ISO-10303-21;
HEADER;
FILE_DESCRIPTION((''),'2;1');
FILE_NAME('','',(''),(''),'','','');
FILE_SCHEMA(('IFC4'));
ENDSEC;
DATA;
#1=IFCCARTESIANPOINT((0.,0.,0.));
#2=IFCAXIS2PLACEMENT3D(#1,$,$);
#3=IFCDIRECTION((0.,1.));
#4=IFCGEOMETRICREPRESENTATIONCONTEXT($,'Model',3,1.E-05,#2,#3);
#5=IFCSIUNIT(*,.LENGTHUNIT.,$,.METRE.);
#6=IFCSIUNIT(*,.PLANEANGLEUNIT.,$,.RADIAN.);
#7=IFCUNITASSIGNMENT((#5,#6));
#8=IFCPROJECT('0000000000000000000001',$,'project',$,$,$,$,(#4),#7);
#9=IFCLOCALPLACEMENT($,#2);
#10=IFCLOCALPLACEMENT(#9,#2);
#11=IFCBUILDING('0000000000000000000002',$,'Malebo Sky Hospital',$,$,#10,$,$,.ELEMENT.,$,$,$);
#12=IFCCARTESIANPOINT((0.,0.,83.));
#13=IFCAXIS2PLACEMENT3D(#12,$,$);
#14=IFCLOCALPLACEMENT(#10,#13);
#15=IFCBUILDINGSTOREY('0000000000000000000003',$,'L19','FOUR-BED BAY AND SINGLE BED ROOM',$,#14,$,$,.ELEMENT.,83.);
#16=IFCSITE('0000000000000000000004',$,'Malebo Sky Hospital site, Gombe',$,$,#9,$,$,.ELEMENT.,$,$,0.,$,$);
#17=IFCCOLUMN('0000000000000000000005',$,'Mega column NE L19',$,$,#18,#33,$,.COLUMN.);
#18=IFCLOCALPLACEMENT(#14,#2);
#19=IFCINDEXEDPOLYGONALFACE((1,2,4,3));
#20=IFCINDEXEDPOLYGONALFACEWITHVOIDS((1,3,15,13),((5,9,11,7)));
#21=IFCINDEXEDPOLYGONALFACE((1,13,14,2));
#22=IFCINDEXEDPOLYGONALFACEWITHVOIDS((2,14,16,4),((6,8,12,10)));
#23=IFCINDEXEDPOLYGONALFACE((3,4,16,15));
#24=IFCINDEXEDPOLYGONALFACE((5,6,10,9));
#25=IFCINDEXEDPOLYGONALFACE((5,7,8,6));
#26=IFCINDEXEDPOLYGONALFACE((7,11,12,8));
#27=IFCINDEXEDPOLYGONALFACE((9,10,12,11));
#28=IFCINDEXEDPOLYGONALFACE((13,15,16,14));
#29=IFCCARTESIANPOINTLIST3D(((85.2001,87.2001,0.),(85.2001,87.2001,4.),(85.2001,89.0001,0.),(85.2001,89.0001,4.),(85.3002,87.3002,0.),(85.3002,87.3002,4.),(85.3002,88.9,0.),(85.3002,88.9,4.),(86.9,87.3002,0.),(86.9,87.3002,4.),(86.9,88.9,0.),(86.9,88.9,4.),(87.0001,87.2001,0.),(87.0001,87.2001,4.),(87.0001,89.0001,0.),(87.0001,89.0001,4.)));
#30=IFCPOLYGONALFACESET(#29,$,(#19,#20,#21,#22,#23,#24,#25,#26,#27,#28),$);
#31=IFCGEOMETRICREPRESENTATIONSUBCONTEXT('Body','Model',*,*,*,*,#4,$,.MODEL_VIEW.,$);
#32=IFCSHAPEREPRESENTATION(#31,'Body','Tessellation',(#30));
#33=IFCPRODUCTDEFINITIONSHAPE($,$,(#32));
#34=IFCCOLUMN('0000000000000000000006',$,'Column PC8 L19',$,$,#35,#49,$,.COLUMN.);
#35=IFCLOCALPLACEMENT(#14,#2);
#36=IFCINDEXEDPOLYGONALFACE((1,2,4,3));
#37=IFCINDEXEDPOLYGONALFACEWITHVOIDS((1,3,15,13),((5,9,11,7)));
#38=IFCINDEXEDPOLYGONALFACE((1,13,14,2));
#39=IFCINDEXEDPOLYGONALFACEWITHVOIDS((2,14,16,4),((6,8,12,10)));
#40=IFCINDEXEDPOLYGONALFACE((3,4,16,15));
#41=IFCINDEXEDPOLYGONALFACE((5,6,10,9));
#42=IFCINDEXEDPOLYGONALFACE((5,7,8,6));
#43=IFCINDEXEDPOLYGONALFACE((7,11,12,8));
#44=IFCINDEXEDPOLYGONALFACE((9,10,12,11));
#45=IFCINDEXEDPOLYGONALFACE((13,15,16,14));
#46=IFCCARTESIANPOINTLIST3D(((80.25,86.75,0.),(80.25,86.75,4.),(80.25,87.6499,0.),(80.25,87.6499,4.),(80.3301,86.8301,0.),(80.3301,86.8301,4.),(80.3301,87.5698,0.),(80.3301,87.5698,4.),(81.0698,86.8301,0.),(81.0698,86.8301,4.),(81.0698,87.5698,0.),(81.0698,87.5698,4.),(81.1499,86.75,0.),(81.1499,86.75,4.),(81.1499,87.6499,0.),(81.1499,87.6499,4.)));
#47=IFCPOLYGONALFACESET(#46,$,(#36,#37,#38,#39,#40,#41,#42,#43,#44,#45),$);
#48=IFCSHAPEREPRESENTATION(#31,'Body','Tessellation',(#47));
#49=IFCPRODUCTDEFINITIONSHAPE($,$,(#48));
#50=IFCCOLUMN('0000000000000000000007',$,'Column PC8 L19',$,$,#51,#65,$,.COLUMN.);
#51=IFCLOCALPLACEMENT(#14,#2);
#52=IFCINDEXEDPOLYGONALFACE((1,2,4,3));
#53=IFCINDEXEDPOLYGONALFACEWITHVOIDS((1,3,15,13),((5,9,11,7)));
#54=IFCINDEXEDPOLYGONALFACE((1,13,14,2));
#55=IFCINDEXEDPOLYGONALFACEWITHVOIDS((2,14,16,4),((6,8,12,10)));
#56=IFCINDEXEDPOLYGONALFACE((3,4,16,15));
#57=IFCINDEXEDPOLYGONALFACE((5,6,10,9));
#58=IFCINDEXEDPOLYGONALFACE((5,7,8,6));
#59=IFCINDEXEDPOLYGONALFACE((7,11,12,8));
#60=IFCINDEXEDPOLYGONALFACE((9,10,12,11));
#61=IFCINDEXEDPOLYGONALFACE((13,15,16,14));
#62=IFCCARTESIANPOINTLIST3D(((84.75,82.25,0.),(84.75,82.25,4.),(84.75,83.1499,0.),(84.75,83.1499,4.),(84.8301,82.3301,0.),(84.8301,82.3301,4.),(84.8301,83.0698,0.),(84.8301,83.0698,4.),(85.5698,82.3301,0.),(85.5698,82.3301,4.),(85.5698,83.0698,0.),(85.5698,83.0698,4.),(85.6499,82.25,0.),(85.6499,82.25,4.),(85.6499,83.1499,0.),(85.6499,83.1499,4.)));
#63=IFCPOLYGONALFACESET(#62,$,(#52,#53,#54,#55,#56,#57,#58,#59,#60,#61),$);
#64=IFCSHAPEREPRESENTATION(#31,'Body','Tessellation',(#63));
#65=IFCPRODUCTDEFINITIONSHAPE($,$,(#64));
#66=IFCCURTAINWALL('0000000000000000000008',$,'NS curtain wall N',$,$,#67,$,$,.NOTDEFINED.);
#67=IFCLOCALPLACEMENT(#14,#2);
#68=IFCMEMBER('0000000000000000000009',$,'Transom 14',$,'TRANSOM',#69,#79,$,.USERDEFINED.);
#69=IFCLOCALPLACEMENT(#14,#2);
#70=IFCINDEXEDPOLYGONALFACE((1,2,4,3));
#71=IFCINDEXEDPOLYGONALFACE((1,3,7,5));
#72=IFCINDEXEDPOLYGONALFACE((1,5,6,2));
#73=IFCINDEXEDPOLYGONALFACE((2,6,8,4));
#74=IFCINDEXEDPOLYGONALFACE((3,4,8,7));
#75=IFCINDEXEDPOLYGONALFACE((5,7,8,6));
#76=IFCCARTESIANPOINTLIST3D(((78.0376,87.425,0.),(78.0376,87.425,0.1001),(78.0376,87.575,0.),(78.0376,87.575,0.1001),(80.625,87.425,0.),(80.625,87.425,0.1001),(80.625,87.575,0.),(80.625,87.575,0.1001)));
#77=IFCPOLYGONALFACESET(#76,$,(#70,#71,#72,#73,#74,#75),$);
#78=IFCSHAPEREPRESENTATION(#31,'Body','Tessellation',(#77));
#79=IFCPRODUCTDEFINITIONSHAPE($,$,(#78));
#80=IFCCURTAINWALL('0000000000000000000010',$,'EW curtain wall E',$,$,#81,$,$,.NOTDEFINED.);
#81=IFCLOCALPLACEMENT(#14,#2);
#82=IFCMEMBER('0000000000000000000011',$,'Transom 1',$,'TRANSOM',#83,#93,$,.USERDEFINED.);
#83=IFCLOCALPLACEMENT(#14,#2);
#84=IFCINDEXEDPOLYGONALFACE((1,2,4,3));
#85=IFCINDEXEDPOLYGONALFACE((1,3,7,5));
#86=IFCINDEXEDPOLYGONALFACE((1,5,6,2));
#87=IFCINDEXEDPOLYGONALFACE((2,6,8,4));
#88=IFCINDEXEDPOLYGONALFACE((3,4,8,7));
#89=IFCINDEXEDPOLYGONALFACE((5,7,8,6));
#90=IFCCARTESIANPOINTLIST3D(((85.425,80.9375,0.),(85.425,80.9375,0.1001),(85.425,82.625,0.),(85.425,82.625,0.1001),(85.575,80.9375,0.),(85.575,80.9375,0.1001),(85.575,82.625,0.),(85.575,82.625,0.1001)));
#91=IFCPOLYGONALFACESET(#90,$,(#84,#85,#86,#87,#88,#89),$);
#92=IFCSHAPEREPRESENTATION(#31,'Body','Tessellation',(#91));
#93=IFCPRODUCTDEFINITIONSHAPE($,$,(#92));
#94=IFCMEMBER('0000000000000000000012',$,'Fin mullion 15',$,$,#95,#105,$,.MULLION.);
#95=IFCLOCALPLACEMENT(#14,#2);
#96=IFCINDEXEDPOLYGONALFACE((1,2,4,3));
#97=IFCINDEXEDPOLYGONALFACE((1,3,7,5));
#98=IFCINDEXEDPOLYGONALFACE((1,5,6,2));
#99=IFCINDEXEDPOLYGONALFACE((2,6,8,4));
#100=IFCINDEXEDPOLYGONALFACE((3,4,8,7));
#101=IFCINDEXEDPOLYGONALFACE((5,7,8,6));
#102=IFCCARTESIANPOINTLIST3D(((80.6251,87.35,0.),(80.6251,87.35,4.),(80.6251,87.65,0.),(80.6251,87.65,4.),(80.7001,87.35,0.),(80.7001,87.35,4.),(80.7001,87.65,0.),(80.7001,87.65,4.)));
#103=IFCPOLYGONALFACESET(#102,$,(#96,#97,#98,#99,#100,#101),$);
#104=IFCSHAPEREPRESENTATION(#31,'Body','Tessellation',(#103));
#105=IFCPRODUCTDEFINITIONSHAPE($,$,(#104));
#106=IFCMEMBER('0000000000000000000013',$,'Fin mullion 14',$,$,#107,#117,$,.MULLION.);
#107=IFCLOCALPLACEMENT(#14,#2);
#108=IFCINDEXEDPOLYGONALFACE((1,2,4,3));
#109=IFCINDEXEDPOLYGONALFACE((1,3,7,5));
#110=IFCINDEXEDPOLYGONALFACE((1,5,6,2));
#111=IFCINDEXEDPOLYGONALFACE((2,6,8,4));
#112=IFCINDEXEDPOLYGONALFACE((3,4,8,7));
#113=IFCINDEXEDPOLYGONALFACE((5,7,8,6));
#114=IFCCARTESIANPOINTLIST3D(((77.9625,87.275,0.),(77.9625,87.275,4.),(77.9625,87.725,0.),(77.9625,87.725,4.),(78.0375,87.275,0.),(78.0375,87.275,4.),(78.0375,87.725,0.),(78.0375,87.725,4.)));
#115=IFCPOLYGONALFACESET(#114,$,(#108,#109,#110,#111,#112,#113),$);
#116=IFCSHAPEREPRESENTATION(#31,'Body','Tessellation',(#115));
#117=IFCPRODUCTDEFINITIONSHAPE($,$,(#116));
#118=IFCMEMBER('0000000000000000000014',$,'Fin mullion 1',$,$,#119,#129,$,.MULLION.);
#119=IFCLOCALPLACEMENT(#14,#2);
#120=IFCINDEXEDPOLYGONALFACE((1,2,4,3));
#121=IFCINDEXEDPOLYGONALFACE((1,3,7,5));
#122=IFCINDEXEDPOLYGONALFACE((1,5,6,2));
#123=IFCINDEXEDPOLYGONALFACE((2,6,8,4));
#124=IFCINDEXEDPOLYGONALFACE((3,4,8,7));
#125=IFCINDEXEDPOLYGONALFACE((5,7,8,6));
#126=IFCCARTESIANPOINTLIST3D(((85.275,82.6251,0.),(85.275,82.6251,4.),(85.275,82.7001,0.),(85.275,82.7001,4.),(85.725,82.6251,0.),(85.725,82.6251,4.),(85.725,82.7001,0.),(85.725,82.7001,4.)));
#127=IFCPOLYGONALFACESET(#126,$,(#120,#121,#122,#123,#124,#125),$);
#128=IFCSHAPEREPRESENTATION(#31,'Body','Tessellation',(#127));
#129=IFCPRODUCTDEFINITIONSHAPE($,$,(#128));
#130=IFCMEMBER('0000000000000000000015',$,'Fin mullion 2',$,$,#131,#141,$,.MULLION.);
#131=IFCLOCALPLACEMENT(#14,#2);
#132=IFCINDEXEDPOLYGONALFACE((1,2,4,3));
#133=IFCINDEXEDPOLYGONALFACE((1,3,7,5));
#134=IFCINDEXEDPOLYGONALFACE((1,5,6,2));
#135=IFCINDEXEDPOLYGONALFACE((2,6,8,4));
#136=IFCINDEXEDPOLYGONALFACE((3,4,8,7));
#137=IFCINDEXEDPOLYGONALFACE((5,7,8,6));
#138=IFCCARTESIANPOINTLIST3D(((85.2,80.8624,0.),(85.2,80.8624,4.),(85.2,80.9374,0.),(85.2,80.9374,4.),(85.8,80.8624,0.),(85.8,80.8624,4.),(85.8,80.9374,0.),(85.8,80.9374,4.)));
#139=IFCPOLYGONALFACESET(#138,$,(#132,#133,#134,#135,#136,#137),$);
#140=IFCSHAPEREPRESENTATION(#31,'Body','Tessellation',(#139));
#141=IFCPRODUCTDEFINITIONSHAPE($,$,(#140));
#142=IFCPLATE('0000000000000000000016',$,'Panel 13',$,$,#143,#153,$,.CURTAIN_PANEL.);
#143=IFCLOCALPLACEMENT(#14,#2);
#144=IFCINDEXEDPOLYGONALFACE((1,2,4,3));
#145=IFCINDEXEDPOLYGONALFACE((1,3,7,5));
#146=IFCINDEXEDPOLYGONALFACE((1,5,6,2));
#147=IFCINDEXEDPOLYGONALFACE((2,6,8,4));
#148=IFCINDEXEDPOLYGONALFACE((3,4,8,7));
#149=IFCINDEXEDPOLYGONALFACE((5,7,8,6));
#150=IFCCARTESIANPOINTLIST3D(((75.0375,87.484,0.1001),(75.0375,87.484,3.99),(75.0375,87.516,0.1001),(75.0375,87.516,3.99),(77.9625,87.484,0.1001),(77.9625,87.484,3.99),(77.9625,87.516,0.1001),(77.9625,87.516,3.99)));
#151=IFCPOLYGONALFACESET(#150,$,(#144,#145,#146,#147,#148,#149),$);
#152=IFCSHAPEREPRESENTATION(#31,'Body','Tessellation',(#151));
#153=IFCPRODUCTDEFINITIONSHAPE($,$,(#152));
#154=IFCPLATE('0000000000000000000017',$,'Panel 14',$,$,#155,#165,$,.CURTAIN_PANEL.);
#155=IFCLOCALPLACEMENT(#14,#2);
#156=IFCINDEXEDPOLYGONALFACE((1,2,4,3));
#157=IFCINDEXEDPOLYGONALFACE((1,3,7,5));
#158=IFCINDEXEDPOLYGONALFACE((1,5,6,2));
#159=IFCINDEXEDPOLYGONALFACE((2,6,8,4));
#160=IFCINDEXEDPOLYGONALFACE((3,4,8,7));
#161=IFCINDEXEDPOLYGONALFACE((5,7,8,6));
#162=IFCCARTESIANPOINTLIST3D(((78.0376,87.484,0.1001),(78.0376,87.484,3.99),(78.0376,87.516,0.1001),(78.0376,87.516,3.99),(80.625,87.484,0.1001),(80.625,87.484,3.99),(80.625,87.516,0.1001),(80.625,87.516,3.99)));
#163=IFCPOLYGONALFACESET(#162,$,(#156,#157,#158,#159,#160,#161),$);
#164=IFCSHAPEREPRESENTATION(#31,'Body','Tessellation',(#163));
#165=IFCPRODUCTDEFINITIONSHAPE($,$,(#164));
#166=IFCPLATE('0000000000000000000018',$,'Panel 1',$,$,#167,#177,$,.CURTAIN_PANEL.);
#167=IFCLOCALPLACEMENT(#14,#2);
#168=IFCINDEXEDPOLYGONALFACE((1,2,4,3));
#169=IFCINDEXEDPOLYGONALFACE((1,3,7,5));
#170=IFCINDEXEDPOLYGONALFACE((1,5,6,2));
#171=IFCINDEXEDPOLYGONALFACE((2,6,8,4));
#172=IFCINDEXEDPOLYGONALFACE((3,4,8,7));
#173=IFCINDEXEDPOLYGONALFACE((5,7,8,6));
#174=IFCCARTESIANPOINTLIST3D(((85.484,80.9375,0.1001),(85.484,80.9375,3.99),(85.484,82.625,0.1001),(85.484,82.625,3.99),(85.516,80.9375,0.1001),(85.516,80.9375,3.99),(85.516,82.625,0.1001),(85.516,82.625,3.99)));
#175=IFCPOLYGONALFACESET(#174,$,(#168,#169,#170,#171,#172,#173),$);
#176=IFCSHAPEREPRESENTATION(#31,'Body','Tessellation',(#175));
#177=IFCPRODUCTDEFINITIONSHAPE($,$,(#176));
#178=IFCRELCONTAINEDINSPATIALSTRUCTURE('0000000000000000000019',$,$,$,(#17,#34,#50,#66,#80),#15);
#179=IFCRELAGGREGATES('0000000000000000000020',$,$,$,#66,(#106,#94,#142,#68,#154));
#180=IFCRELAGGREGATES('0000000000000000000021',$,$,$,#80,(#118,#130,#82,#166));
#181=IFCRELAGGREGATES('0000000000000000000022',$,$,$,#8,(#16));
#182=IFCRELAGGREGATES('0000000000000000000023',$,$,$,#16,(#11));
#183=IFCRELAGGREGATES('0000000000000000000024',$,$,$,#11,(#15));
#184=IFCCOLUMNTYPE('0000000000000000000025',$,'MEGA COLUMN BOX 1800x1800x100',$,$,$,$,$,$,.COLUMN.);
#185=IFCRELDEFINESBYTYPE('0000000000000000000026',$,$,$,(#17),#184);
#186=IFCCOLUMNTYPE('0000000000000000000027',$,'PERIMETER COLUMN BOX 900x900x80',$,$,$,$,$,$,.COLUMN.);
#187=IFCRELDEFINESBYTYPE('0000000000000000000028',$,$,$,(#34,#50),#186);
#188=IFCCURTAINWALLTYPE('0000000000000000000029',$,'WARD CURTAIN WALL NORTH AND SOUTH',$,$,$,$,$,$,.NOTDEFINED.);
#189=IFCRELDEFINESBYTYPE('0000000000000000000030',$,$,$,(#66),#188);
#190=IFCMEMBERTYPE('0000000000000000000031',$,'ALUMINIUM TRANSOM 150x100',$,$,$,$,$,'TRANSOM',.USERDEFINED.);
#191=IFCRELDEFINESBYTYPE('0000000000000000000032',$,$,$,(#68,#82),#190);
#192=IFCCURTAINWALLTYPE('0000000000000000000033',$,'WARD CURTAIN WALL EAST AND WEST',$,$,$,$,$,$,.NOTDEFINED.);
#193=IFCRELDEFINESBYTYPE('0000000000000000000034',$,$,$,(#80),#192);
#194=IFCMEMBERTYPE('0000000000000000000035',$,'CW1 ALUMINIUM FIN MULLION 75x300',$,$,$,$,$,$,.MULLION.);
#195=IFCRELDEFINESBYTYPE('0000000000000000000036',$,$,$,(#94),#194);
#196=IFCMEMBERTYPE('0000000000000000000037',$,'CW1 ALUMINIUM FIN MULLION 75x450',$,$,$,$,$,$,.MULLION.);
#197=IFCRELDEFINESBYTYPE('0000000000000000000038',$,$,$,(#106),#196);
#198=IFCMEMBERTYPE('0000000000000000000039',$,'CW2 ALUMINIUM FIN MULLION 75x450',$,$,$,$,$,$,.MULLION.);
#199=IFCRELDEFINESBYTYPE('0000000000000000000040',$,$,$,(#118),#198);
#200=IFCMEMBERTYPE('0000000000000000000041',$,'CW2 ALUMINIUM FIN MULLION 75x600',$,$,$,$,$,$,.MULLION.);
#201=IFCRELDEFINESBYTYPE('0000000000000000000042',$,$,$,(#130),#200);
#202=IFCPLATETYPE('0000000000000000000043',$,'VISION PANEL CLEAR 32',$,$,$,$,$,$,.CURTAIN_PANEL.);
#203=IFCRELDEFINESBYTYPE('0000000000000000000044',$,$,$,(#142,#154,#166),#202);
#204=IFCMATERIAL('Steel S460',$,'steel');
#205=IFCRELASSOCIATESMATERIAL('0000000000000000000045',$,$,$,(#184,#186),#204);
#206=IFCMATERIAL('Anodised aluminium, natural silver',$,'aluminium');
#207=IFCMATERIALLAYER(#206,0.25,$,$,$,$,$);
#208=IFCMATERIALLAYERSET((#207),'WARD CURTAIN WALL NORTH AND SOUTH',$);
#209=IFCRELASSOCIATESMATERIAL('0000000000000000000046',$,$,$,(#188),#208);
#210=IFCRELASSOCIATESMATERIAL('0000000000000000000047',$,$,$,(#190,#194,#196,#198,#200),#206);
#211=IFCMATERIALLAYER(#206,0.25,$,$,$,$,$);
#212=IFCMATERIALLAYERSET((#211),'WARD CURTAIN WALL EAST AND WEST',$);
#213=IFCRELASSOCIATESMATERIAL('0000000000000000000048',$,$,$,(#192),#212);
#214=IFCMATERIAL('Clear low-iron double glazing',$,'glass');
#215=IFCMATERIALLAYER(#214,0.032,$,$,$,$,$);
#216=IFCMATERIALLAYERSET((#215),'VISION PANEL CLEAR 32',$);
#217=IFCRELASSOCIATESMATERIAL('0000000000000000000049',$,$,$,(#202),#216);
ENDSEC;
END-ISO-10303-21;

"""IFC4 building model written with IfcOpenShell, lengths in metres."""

from ifc_helpers import new_model, si_unit, direction, frame, origin, origin_2d, place, context, subcontext, project, spatial, rectangle, hollow_rectangle, extrude, material, layer, layer_set, material_profile, profile_set, type_object, element, aggregate, save


model = new_model("IFC4")

# Units and contexts
model_context = context("Model", 3, precision=1e-05, world=origin(), true_north=direction((0.0, 1.0)))
body_context = subcontext(model_context, "Body", "Model", "MODEL_VIEW")
ifc_project = project(units=[si_unit("LENGTHUNIT", "METRE"), si_unit("PLANEANGLEUNIT", "RADIAN")], contexts=[model_context])

# Site, building, storey
site_placement = place(None, origin())
site = spatial("IfcSite", under=ifc_project, at=site_placement, Name="Malebo Sky Hospital site, Gombe", CompositionType="ELEMENT", RefElevation=0.0)
building_placement = place(site_placement, origin())
building = spatial("IfcBuilding", under=site, at=building_placement, Name="Malebo Sky Hospital", CompositionType="ELEMENT")
storey_placement = place(building_placement, frame((0.0, 0.0, 83.0)))
storey = spatial("IfcBuildingStorey", under=building, at=storey_placement, Name="L19", Description="FOUR-BED BAY AND SINGLE BED ROOM", CompositionType="ELEMENT", Elevation=83.0)

# Columns
ifc_material_1 = material(Name="Steel S460", Category="steel")
ifc_material_profile_1 = material_profile(ifc_material_1, hollow_rectangle(XDim=1.8, YDim=1.8, WallThickness=0.1001, at=origin_2d()), Name="BOX 1800x1800x100")
ifc_profile_set_1 = profile_set([ifc_material_profile_1], Name="Steel S460")
column_type_1 = type_object("IfcColumnType", Name="MEGA COLUMN BOX 1800x1800x100", PredefinedType="COLUMN", material=ifc_profile_set_1)
column_placement = place(storey_placement, frame((86.1001, 88.1001, 0.0), z_axis=(0.0, 0.0, 1.0), x_axis=(1.0, 0.0, 0.0)))
element("IfcColumn", 1, at=column_placement, inside=storey, type_object=column_type_1, Name="Mega column NE L19", PredefinedType="COLUMN", context=body_context, shape_type="SweptSolid", body=[
    extrude(hollow_rectangle(XDim=1.8, YDim=1.8, WallThickness=0.1001, at=origin_2d()), origin(), (0.0, 0.0, 1.0), 4.0),
])
ifc_material_profile_2 = material_profile(ifc_material_1, hollow_rectangle(XDim=0.8999, YDim=0.8999, WallThickness=0.0801, at=origin_2d()), Name="BOX 900x900x80")
ifc_profile_set_2 = profile_set([ifc_material_profile_2], Name="Steel S460")
column_type_2 = type_object("IfcColumnType", Name="PERIMETER COLUMN BOX 900x900x80", PredefinedType="COLUMN", material=ifc_profile_set_2)
for number, where, z_axis, x_axis, name in (
    (2, (80.7, 87.2, 0.0), (0.0, 0.0, 1.0), (1.0, 0.0, 0.0), "Column PC8 L19"),
    (3, (85.2, 82.7, 0.0), (0.0, 0.0, 1.0), (1.0, 0.0, 0.0), "Column PC8 L19"),
):
    element("IfcColumn", number, at=place(storey_placement, frame(where, z_axis=z_axis, x_axis=x_axis)), inside=storey, type_object=column_type_2, Name=name, PredefinedType="COLUMN", context=body_context, shape_type="SweptSolid", body=[
        extrude(hollow_rectangle(XDim=0.8999, YDim=0.8999, WallThickness=0.0801, at=origin_2d()), origin(), (0.0, 0.0, 1.0), 4.0),
    ])

# Curtain walls, members
ifc_material_2 = material(Name="Anodised aluminium, natural silver", Category="aluminium")
ifc_layer_1 = layer(ifc_material_2, 0.25)
ifc_layer_set_1 = layer_set([ifc_layer_1], Name="WARD CURTAIN WALL NORTH AND SOUTH")
curtain_wall_type_1 = type_object("IfcCurtainWallType", Name="WARD CURTAIN WALL NORTH AND SOUTH", PredefinedType="NOTDEFINED", material=ifc_layer_set_1)
curtain_wall_1_placement = place(storey_placement, origin())
curtain_wall_1 = element("IfcCurtainWall", 4, at=curtain_wall_1_placement, inside=storey, type_object=curtain_wall_type_1, Name="NS curtain wall N", PredefinedType="NOTDEFINED")
ifc_material_profile_3 = material_profile(ifc_material_2, rectangle(XDim=0.1499, YDim=0.1001, at=origin_2d()), Name="ALUMINIUM TRANSOM 150x100")
ifc_profile_set_3 = profile_set([ifc_material_profile_3], Name="Anodised aluminium, natural silver")
member_type_1 = type_object("IfcMemberType", Name="ALUMINIUM TRANSOM 150x100", ElementType="TRANSOM", PredefinedType="USERDEFINED", material=ifc_profile_set_3)
member_1_placement = place(storey_placement, frame((78.0376, 87.5, 0.05), z_axis=(1.0, 0.0, 0.0), x_axis=(0.0, 1.0, 0.0)))
member_1 = element("IfcMember", 5, at=member_1_placement, type_object=member_type_1, Name="Transom 14", ObjectType="TRANSOM", PredefinedType="USERDEFINED", context=body_context, shape_type="SweptSolid", body=[
    extrude(rectangle(XDim=0.1499, YDim=0.1001, at=origin_2d()), origin(), (0.0, 0.0, 1.0), 2.5874),
])
ifc_layer_2 = layer(ifc_material_2, 0.25)
ifc_layer_set_2 = layer_set([ifc_layer_2], Name="WARD CURTAIN WALL EAST AND WEST")
curtain_wall_type_2 = type_object("IfcCurtainWallType", Name="WARD CURTAIN WALL EAST AND WEST", PredefinedType="NOTDEFINED", material=ifc_layer_set_2)
curtain_wall_2_placement = place(storey_placement, origin())
curtain_wall_2 = element("IfcCurtainWall", 6, at=curtain_wall_2_placement, inside=storey, type_object=curtain_wall_type_2, Name="EW curtain wall E", PredefinedType="NOTDEFINED")
member_2_placement = place(storey_placement, frame((85.5, 82.625, 0.05), z_axis=(0.0, -1.0, 0.0), x_axis=(1.0, 0.0, 0.0)))
member_2 = element("IfcMember", 7, at=member_2_placement, type_object=member_type_1, Name="Transom 1", ObjectType="TRANSOM", PredefinedType="USERDEFINED", context=body_context, shape_type="SweptSolid", body=[
    extrude(rectangle(XDim=0.1499, YDim=0.1001, at=origin_2d()), origin(), (0.0, 0.0, 1.0), 1.6875),
])

# Members
ifc_material_profile_4 = material_profile(ifc_material_2, rectangle(XDim=0.075, YDim=0.3, at=origin_2d()), Name="CW1 ALUMINIUM FIN MULLION 75x300")
ifc_profile_set_4 = profile_set([ifc_material_profile_4], Name="Anodised aluminium, natural silver")
member_type_2 = type_object("IfcMemberType", Name="CW1 ALUMINIUM FIN MULLION 75x300", PredefinedType="MULLION", material=ifc_profile_set_4)
member_3_placement = place(storey_placement, frame((80.6626, 87.5, 0.0), z_axis=(0.0, 0.0, 1.0), x_axis=(1.0, 0.0, 0.0)))
member_3 = element("IfcMember", 8, at=member_3_placement, type_object=member_type_2, Name="Fin mullion 15", PredefinedType="MULLION", context=body_context, shape_type="SweptSolid", body=[
    extrude(rectangle(XDim=0.075, YDim=0.3, at=origin_2d()), origin(), (0.0, 0.0, 1.0), 4.0),
])
ifc_material_profile_5 = material_profile(ifc_material_2, rectangle(XDim=0.075, YDim=0.45, at=origin_2d()), Name="CW1 ALUMINIUM FIN MULLION 75x450")
ifc_profile_set_5 = profile_set([ifc_material_profile_5], Name="Anodised aluminium, natural silver")
member_type_3 = type_object("IfcMemberType", Name="CW1 ALUMINIUM FIN MULLION 75x450", PredefinedType="MULLION", material=ifc_profile_set_5)
member_4_placement = place(storey_placement, frame((78.0, 87.5, 0.0), z_axis=(0.0, 0.0, 1.0), x_axis=(1.0, 0.0, 0.0)))
member_4 = element("IfcMember", 9, at=member_4_placement, type_object=member_type_3, Name="Fin mullion 14", PredefinedType="MULLION", context=body_context, shape_type="SweptSolid", body=[
    extrude(rectangle(XDim=0.075, YDim=0.45, at=origin_2d()), origin(), (0.0, 0.0, 1.0), 4.0),
])
ifc_material_profile_6 = material_profile(ifc_material_2, rectangle(XDim=0.075, YDim=0.45, at=origin_2d()), Name="CW2 ALUMINIUM FIN MULLION 75x450")
ifc_profile_set_6 = profile_set([ifc_material_profile_6], Name="Anodised aluminium, natural silver")
member_type_4 = type_object("IfcMemberType", Name="CW2 ALUMINIUM FIN MULLION 75x450", PredefinedType="MULLION", material=ifc_profile_set_6)
member_5_placement = place(storey_placement, frame((85.5, 82.6626, 0.0), z_axis=(0.0, 0.0, 1.0), x_axis=(0.0, -1.0, 0.0)))
member_5 = element("IfcMember", 10, at=member_5_placement, type_object=member_type_4, Name="Fin mullion 1", PredefinedType="MULLION", context=body_context, shape_type="SweptSolid", body=[
    extrude(rectangle(XDim=0.075, YDim=0.45, at=origin_2d()), origin(), (0.0, 0.0, 1.0), 4.0),
])
ifc_material_profile_7 = material_profile(ifc_material_2, rectangle(XDim=0.075, YDim=0.6001, at=origin_2d()), Name="CW2 ALUMINIUM FIN MULLION 75x600")
ifc_profile_set_7 = profile_set([ifc_material_profile_7], Name="Anodised aluminium, natural silver")
member_type_5 = type_object("IfcMemberType", Name="CW2 ALUMINIUM FIN MULLION 75x600", PredefinedType="MULLION", material=ifc_profile_set_7)
member_6_placement = place(storey_placement, frame((85.5, 80.8999, 0.0), z_axis=(0.0, 0.0, 1.0), x_axis=(0.0, -1.0, 0.0)))
member_6 = element("IfcMember", 11, at=member_6_placement, type_object=member_type_5, Name="Fin mullion 2", PredefinedType="MULLION", context=body_context, shape_type="SweptSolid", body=[
    extrude(rectangle(XDim=0.075, YDim=0.6001, at=origin_2d()), origin(), (0.0, 0.0, 1.0), 4.0),
])

# Plates
ifc_material_3 = material(Name="Clear low-iron double glazing", Category="glass")
ifc_layer_3 = layer(ifc_material_3, 0.032)
ifc_layer_set_3 = layer_set([ifc_layer_3], Name="VISION PANEL CLEAR 32")
plate_type = type_object("IfcPlateType", Name="VISION PANEL CLEAR 32", PredefinedType="CURTAIN_PANEL", material=ifc_layer_set_3)
plate_1_placement = place(storey_placement, frame((76.5, 87.5, 0.1001), z_axis=(0.0, 0.0, 1.0), x_axis=(1.0, 0.0, 0.0)))
plate_1 = element("IfcPlate", 12, at=plate_1_placement, type_object=plate_type, Name="Panel 13", PredefinedType="CURTAIN_PANEL", context=body_context, shape_type="SweptSolid", body=[
    extrude(rectangle(XDim=2.925, YDim=0.032, at=origin_2d()), origin(), (0.0, 0.0, 1.0), 3.8899),
])
plate_2_placement = place(storey_placement, frame((79.3313, 87.5, 0.1001), z_axis=(0.0, 0.0, 1.0), x_axis=(1.0, 0.0, 0.0)))
plate_2 = element("IfcPlate", 13, at=plate_2_placement, type_object=plate_type, Name="Panel 14", PredefinedType="CURTAIN_PANEL", context=body_context, shape_type="SweptSolid", body=[
    extrude(rectangle(XDim=2.5874, YDim=0.032, at=origin_2d()), origin(), (0.0, 0.0, 1.0), 3.8899),
])
aggregate(curtain_wall_1, [member_4, member_3, plate_1, member_1, plate_2])
plate_3_placement = place(storey_placement, frame((85.5, 81.7812, 0.1001), z_axis=(0.0, 0.0, 1.0), x_axis=(0.0, -1.0, 0.0)))
plate_3 = element("IfcPlate", 14, at=plate_3_placement, type_object=plate_type, Name="Panel 1", PredefinedType="CURTAIN_PANEL", context=body_context, shape_type="SweptSolid", body=[
    extrude(rectangle(XDim=1.6875, YDim=0.032, at=origin_2d()), origin(), (0.0, 0.0, 1.0), 3.8899),
])
aggregate(curtain_wall_2, [member_5, member_6, member_2, plate_3])

save(model, "model.ifc")
